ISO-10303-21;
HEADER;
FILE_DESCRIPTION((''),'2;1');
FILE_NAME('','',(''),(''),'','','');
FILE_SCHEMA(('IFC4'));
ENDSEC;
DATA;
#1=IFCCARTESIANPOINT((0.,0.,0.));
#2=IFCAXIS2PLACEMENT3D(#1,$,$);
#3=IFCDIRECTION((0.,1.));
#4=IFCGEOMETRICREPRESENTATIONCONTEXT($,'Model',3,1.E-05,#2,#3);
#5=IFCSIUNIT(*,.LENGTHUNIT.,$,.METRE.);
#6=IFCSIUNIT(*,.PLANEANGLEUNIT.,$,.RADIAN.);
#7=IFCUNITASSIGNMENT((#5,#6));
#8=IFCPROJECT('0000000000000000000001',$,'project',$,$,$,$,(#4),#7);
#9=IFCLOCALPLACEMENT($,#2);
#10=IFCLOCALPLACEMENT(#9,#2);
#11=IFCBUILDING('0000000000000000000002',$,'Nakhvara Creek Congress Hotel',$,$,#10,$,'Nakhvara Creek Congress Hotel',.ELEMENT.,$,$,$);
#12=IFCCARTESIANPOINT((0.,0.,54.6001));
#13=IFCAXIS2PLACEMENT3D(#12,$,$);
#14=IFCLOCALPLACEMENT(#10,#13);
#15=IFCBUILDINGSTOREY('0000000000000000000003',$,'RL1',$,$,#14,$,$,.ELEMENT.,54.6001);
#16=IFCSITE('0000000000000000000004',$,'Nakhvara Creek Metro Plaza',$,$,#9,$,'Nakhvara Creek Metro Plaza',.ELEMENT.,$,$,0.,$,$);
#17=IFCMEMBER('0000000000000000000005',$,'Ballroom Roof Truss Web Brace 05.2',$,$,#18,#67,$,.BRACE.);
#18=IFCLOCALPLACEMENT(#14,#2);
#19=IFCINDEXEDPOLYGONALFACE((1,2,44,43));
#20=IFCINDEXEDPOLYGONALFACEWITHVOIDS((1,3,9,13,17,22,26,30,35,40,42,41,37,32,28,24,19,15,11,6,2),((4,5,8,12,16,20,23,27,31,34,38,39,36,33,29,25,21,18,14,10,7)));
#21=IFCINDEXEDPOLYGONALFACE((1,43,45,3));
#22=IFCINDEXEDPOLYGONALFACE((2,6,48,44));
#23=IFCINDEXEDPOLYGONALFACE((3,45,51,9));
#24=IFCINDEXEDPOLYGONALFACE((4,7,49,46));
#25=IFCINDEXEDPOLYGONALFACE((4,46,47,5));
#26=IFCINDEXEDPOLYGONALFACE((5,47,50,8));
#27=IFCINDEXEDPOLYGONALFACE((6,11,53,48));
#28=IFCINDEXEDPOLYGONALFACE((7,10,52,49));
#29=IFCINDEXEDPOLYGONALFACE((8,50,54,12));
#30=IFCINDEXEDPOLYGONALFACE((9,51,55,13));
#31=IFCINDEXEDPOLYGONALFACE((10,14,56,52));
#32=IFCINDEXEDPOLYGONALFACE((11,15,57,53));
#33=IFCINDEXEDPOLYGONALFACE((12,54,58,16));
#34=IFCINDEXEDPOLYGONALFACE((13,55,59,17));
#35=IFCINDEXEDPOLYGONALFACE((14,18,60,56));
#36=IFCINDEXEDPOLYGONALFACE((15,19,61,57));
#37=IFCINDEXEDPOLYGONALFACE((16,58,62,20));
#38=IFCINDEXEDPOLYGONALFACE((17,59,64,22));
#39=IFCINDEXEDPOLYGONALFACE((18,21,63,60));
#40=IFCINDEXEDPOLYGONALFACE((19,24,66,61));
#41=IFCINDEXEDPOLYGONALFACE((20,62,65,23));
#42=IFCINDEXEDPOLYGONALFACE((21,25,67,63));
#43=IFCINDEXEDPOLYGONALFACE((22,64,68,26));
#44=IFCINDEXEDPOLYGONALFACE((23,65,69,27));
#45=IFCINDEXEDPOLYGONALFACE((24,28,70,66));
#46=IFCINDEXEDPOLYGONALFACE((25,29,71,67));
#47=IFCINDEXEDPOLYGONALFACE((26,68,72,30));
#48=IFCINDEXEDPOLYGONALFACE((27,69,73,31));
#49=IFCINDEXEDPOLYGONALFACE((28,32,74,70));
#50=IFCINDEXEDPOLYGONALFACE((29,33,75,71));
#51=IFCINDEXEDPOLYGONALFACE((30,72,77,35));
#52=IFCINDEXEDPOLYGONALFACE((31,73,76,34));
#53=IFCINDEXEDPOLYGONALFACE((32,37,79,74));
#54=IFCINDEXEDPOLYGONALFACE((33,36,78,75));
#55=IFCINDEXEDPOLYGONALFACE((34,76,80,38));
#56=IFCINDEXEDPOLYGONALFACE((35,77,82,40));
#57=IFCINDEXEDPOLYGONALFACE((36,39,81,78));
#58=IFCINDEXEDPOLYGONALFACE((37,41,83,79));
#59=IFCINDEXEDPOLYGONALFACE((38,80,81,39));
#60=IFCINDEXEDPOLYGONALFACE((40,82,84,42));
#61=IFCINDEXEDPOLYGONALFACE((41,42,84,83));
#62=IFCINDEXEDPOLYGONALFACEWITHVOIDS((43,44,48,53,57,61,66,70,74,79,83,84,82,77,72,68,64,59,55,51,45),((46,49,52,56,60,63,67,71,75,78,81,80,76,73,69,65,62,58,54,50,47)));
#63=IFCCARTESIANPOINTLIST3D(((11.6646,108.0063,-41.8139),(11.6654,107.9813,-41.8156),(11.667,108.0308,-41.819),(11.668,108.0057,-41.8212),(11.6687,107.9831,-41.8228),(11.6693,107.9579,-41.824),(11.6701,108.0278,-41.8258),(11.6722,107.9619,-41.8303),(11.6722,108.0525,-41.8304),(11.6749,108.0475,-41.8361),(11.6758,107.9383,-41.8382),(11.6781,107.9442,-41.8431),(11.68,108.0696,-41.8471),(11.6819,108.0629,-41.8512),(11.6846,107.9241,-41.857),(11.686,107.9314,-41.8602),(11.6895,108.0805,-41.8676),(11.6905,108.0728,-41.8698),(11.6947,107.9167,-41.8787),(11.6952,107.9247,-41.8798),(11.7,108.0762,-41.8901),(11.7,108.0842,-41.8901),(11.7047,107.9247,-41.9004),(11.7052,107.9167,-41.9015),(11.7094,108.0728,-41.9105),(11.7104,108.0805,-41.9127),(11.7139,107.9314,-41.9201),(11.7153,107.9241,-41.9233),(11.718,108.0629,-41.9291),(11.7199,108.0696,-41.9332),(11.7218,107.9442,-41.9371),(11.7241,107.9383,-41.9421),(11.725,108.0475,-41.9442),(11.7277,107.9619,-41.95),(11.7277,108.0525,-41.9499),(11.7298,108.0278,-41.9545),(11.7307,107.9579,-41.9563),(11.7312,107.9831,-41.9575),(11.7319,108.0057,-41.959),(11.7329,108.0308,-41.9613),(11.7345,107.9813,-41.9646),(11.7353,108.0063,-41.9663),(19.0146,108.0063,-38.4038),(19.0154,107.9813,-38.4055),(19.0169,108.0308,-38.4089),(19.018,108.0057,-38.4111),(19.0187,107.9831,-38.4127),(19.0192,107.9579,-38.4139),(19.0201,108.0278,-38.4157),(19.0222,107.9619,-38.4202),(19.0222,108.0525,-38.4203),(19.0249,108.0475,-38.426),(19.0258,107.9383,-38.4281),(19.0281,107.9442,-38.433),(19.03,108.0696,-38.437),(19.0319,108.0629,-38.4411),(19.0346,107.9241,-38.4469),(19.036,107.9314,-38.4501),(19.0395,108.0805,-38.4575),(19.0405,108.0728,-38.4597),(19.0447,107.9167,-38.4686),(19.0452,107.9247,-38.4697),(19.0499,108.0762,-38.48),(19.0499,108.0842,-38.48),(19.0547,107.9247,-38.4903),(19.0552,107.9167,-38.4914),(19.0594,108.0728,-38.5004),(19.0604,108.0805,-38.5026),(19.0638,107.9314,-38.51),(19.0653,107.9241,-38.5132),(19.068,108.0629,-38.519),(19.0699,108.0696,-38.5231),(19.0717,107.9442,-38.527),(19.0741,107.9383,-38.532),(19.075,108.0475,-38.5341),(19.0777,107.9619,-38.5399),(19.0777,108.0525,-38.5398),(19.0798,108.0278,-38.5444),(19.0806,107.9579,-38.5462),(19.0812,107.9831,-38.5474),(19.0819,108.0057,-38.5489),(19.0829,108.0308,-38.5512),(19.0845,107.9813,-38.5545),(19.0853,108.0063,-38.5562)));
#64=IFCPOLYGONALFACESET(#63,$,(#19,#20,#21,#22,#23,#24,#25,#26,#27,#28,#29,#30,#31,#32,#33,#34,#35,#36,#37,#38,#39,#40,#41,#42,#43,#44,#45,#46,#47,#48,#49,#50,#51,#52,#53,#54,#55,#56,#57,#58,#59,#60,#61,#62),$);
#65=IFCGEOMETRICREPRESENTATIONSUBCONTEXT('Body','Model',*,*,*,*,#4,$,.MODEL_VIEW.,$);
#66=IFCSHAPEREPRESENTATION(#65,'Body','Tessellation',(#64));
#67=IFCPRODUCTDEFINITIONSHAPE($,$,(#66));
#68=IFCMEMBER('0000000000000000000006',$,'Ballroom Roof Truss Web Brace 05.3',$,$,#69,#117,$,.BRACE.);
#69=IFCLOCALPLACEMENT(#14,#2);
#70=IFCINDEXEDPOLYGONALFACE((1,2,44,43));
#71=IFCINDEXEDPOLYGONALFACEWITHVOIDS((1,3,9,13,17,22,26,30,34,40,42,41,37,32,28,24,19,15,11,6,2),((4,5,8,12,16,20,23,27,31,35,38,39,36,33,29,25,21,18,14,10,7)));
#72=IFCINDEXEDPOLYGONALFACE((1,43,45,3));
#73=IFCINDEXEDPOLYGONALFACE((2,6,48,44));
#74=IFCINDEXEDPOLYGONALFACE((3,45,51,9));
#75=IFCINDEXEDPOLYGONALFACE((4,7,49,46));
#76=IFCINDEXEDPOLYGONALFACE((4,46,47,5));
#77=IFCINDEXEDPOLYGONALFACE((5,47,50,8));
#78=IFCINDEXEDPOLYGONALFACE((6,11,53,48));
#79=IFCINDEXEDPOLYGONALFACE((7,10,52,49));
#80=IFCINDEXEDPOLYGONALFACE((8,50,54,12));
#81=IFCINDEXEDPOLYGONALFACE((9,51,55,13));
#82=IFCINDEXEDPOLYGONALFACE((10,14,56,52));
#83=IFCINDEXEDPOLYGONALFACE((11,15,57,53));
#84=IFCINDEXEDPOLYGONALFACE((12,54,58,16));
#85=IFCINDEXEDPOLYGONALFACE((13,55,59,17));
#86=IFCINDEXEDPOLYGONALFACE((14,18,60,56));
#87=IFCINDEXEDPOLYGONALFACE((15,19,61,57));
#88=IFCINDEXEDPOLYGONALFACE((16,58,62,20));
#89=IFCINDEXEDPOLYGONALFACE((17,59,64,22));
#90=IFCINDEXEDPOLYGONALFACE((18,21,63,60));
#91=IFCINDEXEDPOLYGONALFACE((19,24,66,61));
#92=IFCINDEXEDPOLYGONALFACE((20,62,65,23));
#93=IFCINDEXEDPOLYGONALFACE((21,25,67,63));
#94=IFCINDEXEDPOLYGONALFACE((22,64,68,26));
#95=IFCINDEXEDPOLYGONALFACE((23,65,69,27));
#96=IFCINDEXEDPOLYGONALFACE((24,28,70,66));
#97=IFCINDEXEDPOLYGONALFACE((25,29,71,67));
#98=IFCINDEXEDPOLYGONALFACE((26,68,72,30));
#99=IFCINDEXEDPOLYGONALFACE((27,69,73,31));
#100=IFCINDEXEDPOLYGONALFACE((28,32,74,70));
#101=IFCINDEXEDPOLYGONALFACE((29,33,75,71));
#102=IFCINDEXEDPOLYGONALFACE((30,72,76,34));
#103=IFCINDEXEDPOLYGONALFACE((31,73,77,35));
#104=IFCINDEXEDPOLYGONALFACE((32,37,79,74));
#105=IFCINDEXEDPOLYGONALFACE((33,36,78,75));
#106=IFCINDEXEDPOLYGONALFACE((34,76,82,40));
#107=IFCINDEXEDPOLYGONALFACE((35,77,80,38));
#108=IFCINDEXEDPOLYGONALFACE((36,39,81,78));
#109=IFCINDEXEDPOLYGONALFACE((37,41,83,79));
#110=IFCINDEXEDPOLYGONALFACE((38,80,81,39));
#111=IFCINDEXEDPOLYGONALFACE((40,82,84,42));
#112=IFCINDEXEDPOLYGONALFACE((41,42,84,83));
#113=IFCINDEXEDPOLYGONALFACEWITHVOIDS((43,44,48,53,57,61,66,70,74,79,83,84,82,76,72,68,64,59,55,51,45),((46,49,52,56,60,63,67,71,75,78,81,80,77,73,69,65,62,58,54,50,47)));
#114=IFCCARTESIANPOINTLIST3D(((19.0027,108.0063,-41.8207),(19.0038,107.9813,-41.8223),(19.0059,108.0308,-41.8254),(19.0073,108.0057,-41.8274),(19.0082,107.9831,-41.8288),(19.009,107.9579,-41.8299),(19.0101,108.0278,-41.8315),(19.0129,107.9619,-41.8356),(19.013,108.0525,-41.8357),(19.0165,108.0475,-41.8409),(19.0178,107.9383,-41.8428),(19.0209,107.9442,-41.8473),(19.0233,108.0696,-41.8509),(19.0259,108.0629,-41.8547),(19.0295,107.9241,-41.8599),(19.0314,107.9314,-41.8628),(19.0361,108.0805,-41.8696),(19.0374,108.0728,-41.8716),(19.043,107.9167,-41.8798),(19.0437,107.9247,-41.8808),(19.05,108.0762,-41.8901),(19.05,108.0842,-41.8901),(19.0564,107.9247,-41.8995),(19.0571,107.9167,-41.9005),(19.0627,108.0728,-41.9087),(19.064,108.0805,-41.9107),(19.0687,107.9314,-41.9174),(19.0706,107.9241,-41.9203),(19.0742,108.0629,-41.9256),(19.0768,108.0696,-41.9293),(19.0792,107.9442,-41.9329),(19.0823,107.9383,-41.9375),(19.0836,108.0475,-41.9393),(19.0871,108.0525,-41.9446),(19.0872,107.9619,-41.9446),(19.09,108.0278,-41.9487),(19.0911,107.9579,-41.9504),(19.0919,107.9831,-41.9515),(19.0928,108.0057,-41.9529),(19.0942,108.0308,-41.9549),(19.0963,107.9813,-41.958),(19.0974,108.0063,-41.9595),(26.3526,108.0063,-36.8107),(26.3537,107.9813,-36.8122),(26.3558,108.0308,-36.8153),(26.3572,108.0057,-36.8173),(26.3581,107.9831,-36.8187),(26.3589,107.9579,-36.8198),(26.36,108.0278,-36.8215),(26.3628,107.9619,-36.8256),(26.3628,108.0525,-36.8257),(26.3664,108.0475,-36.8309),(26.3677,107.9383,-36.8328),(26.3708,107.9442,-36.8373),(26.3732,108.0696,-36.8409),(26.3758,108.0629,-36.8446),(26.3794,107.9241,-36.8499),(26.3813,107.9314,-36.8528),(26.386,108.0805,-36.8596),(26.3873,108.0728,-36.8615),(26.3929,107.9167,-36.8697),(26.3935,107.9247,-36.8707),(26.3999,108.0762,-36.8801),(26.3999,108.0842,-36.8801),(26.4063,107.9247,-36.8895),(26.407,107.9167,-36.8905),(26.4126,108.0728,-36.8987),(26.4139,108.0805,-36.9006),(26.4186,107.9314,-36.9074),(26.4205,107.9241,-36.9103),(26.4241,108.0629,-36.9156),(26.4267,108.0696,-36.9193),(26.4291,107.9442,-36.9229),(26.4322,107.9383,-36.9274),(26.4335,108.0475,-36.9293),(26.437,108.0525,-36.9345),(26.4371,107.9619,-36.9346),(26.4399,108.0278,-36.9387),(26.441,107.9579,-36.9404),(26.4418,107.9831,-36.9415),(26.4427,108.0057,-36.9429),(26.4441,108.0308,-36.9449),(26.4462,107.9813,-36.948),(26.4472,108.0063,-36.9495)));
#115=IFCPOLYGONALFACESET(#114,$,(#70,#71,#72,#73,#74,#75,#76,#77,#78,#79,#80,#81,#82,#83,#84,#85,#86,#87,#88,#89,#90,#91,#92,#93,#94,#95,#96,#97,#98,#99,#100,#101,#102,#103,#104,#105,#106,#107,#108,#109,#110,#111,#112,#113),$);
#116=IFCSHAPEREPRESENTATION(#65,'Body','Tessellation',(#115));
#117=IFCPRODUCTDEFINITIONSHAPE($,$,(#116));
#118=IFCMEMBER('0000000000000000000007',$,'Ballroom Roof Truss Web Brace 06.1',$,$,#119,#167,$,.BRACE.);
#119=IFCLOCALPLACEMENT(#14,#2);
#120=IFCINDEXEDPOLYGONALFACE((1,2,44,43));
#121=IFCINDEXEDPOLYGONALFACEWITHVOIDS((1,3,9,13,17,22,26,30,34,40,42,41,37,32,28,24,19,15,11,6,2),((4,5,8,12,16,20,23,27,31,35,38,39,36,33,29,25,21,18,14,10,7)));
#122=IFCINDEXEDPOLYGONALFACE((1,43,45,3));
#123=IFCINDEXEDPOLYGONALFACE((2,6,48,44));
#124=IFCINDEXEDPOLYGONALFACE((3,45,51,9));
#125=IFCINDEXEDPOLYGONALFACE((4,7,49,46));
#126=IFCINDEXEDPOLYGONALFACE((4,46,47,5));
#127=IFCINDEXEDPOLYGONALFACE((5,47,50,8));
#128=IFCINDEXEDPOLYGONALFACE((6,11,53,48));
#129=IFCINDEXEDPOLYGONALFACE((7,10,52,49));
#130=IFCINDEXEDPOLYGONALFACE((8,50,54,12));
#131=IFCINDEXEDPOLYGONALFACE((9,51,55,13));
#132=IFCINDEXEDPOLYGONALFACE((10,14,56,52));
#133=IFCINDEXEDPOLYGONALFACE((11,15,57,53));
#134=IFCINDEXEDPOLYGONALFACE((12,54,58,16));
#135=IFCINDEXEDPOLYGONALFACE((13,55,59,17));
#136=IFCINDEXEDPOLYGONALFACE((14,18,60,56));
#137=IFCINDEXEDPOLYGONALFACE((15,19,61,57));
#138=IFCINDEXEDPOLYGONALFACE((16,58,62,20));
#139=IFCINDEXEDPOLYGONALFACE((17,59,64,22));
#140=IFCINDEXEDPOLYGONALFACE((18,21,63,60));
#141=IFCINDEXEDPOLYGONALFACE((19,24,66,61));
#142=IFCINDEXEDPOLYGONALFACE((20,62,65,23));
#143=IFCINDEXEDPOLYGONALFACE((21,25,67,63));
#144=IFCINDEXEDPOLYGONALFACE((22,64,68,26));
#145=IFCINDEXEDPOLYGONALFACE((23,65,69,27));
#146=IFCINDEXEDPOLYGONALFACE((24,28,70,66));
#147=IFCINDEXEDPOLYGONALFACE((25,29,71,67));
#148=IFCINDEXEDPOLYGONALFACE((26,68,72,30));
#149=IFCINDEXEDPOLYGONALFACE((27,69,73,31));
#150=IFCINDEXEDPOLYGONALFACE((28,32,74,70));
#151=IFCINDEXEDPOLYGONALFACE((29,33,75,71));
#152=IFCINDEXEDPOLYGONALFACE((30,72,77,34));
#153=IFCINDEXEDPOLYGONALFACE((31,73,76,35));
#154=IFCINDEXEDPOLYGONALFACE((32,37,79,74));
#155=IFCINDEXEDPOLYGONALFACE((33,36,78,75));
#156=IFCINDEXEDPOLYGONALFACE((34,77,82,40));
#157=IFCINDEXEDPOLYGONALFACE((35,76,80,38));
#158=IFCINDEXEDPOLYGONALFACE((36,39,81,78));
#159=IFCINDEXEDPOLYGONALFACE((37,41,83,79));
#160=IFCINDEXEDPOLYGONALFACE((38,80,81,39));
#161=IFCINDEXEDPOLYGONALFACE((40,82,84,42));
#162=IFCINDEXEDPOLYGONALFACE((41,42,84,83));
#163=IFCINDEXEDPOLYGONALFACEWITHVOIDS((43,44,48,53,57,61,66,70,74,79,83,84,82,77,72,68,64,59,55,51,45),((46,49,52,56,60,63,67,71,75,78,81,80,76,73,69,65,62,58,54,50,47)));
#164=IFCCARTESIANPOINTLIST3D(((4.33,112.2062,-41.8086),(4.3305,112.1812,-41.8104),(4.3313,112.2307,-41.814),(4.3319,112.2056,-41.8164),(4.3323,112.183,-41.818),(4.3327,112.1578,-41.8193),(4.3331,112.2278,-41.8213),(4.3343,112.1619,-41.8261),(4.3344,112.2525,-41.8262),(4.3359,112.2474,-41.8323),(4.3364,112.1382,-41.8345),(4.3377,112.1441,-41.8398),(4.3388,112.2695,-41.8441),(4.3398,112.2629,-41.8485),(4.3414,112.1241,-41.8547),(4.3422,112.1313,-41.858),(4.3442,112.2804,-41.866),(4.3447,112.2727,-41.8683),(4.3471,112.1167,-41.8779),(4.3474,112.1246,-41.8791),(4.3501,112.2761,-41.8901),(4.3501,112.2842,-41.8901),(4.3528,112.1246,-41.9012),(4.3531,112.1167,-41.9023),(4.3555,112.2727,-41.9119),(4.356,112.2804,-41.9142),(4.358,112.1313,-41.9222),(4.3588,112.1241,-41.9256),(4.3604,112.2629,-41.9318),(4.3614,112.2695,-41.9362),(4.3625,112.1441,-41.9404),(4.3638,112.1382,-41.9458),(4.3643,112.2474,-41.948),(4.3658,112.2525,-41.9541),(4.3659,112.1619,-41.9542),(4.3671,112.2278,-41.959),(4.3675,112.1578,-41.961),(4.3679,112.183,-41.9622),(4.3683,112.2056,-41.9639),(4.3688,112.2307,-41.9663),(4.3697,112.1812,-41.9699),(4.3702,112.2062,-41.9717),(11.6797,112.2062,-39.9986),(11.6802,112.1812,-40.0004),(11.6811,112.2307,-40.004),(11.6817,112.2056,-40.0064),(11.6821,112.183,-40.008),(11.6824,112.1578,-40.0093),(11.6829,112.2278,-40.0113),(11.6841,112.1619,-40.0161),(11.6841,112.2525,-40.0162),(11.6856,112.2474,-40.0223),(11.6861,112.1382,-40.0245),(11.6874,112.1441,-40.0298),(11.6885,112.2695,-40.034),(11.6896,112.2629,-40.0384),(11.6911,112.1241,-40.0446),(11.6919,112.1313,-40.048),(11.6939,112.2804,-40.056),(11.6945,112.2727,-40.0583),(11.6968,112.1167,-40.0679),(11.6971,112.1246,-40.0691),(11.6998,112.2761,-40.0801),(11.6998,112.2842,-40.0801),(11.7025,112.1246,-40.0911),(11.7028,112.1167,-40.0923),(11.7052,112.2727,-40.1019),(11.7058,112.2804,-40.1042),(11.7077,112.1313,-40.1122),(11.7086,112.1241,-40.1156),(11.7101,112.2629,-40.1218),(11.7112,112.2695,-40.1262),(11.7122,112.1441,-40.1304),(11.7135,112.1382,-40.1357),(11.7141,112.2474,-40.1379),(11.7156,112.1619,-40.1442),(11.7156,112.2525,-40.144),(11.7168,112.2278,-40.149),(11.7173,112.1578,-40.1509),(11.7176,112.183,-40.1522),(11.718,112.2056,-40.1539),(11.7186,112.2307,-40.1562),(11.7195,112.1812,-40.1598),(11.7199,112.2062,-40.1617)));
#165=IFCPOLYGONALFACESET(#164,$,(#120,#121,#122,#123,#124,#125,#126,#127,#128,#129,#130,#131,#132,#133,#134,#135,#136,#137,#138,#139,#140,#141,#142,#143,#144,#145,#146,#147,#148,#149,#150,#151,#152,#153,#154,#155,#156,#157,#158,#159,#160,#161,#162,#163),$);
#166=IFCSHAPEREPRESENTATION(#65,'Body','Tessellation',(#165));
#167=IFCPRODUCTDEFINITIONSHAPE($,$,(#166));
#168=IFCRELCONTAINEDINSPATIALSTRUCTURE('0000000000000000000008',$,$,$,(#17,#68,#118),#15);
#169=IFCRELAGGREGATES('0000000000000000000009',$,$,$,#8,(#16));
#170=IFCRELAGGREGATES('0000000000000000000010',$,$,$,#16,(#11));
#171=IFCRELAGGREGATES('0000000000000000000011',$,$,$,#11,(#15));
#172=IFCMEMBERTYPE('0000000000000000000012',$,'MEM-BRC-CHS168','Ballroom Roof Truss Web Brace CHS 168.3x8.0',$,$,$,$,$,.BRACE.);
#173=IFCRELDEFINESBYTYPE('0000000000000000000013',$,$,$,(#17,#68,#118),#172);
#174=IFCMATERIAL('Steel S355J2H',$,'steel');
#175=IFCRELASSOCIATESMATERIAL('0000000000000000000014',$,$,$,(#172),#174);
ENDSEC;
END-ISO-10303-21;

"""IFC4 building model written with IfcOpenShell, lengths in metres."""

from ifc_helpers import new_model, si_unit, direction, frame, origin, origin_2d, place, context, subcontext, project, spatial, hollow_circle, extrude, material, material_profile, profile_set, type_object, element, save


model = new_model("IFC4")

# Units and contexts
model_context = context("Model", 3, precision=1e-05, world=origin(), true_north=direction((0.0, 1.0)))
body_context = subcontext(model_context, "Body", "Model", "MODEL_VIEW")
ifc_project = project(units=[si_unit("LENGTHUNIT", "METRE"), si_unit("PLANEANGLEUNIT", "RADIAN")], contexts=[model_context])

# Site, building, storey
site_placement = place(None, origin())
site = spatial("IfcSite", under=ifc_project, at=site_placement, Name="Nakhvara Creek Metro Plaza", LongName="Nakhvara Creek Metro Plaza", CompositionType="ELEMENT", RefElevation=0.0)
building_placement = place(site_placement, origin())
building = spatial("IfcBuilding", under=site, at=building_placement, Name="Nakhvara Creek Congress Hotel", LongName="Nakhvara Creek Congress Hotel", CompositionType="ELEMENT")
storey_placement = place(building_placement, frame((0.0, 0.0, 54.6001)))
storey = spatial("IfcBuildingStorey", under=building, at=storey_placement, Name="RL1", CompositionType="ELEMENT", Elevation=54.6001)

# Members
ifc_material_1 = material(Name="Steel S355J2H", Category="steel")
ifc_material_profile_1 = material_profile(ifc_material_1, hollow_circle(Radius=0.0842, WallThickness=0.0081, at=origin_2d()), Name="CHS 168.3x8.0", Category="LoadBearing")
ifc_profile_set_1 = profile_set([ifc_material_profile_1], Name="Steel S355J2H")
member_type_1 = type_object("IfcMemberType", Name="MEM-BRC-CHS168", Description="Ballroom Roof Truss Web Brace CHS 168.3x8.0", PredefinedType="BRACE", material=ifc_profile_set_1)
member_1_placement = place(storey_placement, frame((11.7, 108.0, -41.8901), z_axis=(0.907122, 0.0, 0.420869), x_axis=(0.0, 1.0, 0.0)))
element("IfcMember", 1, at=member_1_placement, inside=storey, type_object=member_type_1, Name="Ballroom Roof Truss Web Brace 05.2", PredefinedType="BRACE", context=body_context, shape_type="SweptSolid", body=[
    extrude(hollow_circle(Radius=0.0842, WallThickness=0.0081, at=origin_2d()), origin(), (0.0, 0.0, 1.0), 8.1025),
])
member_2_placement = place(storey_placement, frame((19.05, 108.0, -41.8901), z_axis=(0.826293, 0.0, 0.563241), x_axis=(0.0, 1.0, 0.0)))
element("IfcMember", 2, at=member_2_placement, inside=storey, type_object=member_type_1, Name="Ballroom Roof Truss Web Brace 05.3", PredefinedType="BRACE", context=body_context, shape_type="SweptSolid", body=[
    extrude(hollow_circle(Radius=0.0842, WallThickness=0.0081, at=origin_2d()), origin(), (0.0, 0.0, 1.0), 8.895),
])
member_3_placement = place(storey_placement, frame((4.3501, 112.2, -41.8901), z_axis=(0.970988, 0.0, 0.239127), x_axis=(0.0, 1.0, 0.0)))
element("IfcMember", 3, at=member_3_placement, inside=storey, type_object=member_type_1, Name="Ballroom Roof Truss Web Brace 06.1", PredefinedType="BRACE", context=body_context, shape_type="SweptSolid", body=[
    extrude(hollow_circle(Radius=0.0842, WallThickness=0.0081, at=origin_2d()), origin(), (0.0, 0.0, 1.0), 7.5693),
])

save(model, "model.ifc")
